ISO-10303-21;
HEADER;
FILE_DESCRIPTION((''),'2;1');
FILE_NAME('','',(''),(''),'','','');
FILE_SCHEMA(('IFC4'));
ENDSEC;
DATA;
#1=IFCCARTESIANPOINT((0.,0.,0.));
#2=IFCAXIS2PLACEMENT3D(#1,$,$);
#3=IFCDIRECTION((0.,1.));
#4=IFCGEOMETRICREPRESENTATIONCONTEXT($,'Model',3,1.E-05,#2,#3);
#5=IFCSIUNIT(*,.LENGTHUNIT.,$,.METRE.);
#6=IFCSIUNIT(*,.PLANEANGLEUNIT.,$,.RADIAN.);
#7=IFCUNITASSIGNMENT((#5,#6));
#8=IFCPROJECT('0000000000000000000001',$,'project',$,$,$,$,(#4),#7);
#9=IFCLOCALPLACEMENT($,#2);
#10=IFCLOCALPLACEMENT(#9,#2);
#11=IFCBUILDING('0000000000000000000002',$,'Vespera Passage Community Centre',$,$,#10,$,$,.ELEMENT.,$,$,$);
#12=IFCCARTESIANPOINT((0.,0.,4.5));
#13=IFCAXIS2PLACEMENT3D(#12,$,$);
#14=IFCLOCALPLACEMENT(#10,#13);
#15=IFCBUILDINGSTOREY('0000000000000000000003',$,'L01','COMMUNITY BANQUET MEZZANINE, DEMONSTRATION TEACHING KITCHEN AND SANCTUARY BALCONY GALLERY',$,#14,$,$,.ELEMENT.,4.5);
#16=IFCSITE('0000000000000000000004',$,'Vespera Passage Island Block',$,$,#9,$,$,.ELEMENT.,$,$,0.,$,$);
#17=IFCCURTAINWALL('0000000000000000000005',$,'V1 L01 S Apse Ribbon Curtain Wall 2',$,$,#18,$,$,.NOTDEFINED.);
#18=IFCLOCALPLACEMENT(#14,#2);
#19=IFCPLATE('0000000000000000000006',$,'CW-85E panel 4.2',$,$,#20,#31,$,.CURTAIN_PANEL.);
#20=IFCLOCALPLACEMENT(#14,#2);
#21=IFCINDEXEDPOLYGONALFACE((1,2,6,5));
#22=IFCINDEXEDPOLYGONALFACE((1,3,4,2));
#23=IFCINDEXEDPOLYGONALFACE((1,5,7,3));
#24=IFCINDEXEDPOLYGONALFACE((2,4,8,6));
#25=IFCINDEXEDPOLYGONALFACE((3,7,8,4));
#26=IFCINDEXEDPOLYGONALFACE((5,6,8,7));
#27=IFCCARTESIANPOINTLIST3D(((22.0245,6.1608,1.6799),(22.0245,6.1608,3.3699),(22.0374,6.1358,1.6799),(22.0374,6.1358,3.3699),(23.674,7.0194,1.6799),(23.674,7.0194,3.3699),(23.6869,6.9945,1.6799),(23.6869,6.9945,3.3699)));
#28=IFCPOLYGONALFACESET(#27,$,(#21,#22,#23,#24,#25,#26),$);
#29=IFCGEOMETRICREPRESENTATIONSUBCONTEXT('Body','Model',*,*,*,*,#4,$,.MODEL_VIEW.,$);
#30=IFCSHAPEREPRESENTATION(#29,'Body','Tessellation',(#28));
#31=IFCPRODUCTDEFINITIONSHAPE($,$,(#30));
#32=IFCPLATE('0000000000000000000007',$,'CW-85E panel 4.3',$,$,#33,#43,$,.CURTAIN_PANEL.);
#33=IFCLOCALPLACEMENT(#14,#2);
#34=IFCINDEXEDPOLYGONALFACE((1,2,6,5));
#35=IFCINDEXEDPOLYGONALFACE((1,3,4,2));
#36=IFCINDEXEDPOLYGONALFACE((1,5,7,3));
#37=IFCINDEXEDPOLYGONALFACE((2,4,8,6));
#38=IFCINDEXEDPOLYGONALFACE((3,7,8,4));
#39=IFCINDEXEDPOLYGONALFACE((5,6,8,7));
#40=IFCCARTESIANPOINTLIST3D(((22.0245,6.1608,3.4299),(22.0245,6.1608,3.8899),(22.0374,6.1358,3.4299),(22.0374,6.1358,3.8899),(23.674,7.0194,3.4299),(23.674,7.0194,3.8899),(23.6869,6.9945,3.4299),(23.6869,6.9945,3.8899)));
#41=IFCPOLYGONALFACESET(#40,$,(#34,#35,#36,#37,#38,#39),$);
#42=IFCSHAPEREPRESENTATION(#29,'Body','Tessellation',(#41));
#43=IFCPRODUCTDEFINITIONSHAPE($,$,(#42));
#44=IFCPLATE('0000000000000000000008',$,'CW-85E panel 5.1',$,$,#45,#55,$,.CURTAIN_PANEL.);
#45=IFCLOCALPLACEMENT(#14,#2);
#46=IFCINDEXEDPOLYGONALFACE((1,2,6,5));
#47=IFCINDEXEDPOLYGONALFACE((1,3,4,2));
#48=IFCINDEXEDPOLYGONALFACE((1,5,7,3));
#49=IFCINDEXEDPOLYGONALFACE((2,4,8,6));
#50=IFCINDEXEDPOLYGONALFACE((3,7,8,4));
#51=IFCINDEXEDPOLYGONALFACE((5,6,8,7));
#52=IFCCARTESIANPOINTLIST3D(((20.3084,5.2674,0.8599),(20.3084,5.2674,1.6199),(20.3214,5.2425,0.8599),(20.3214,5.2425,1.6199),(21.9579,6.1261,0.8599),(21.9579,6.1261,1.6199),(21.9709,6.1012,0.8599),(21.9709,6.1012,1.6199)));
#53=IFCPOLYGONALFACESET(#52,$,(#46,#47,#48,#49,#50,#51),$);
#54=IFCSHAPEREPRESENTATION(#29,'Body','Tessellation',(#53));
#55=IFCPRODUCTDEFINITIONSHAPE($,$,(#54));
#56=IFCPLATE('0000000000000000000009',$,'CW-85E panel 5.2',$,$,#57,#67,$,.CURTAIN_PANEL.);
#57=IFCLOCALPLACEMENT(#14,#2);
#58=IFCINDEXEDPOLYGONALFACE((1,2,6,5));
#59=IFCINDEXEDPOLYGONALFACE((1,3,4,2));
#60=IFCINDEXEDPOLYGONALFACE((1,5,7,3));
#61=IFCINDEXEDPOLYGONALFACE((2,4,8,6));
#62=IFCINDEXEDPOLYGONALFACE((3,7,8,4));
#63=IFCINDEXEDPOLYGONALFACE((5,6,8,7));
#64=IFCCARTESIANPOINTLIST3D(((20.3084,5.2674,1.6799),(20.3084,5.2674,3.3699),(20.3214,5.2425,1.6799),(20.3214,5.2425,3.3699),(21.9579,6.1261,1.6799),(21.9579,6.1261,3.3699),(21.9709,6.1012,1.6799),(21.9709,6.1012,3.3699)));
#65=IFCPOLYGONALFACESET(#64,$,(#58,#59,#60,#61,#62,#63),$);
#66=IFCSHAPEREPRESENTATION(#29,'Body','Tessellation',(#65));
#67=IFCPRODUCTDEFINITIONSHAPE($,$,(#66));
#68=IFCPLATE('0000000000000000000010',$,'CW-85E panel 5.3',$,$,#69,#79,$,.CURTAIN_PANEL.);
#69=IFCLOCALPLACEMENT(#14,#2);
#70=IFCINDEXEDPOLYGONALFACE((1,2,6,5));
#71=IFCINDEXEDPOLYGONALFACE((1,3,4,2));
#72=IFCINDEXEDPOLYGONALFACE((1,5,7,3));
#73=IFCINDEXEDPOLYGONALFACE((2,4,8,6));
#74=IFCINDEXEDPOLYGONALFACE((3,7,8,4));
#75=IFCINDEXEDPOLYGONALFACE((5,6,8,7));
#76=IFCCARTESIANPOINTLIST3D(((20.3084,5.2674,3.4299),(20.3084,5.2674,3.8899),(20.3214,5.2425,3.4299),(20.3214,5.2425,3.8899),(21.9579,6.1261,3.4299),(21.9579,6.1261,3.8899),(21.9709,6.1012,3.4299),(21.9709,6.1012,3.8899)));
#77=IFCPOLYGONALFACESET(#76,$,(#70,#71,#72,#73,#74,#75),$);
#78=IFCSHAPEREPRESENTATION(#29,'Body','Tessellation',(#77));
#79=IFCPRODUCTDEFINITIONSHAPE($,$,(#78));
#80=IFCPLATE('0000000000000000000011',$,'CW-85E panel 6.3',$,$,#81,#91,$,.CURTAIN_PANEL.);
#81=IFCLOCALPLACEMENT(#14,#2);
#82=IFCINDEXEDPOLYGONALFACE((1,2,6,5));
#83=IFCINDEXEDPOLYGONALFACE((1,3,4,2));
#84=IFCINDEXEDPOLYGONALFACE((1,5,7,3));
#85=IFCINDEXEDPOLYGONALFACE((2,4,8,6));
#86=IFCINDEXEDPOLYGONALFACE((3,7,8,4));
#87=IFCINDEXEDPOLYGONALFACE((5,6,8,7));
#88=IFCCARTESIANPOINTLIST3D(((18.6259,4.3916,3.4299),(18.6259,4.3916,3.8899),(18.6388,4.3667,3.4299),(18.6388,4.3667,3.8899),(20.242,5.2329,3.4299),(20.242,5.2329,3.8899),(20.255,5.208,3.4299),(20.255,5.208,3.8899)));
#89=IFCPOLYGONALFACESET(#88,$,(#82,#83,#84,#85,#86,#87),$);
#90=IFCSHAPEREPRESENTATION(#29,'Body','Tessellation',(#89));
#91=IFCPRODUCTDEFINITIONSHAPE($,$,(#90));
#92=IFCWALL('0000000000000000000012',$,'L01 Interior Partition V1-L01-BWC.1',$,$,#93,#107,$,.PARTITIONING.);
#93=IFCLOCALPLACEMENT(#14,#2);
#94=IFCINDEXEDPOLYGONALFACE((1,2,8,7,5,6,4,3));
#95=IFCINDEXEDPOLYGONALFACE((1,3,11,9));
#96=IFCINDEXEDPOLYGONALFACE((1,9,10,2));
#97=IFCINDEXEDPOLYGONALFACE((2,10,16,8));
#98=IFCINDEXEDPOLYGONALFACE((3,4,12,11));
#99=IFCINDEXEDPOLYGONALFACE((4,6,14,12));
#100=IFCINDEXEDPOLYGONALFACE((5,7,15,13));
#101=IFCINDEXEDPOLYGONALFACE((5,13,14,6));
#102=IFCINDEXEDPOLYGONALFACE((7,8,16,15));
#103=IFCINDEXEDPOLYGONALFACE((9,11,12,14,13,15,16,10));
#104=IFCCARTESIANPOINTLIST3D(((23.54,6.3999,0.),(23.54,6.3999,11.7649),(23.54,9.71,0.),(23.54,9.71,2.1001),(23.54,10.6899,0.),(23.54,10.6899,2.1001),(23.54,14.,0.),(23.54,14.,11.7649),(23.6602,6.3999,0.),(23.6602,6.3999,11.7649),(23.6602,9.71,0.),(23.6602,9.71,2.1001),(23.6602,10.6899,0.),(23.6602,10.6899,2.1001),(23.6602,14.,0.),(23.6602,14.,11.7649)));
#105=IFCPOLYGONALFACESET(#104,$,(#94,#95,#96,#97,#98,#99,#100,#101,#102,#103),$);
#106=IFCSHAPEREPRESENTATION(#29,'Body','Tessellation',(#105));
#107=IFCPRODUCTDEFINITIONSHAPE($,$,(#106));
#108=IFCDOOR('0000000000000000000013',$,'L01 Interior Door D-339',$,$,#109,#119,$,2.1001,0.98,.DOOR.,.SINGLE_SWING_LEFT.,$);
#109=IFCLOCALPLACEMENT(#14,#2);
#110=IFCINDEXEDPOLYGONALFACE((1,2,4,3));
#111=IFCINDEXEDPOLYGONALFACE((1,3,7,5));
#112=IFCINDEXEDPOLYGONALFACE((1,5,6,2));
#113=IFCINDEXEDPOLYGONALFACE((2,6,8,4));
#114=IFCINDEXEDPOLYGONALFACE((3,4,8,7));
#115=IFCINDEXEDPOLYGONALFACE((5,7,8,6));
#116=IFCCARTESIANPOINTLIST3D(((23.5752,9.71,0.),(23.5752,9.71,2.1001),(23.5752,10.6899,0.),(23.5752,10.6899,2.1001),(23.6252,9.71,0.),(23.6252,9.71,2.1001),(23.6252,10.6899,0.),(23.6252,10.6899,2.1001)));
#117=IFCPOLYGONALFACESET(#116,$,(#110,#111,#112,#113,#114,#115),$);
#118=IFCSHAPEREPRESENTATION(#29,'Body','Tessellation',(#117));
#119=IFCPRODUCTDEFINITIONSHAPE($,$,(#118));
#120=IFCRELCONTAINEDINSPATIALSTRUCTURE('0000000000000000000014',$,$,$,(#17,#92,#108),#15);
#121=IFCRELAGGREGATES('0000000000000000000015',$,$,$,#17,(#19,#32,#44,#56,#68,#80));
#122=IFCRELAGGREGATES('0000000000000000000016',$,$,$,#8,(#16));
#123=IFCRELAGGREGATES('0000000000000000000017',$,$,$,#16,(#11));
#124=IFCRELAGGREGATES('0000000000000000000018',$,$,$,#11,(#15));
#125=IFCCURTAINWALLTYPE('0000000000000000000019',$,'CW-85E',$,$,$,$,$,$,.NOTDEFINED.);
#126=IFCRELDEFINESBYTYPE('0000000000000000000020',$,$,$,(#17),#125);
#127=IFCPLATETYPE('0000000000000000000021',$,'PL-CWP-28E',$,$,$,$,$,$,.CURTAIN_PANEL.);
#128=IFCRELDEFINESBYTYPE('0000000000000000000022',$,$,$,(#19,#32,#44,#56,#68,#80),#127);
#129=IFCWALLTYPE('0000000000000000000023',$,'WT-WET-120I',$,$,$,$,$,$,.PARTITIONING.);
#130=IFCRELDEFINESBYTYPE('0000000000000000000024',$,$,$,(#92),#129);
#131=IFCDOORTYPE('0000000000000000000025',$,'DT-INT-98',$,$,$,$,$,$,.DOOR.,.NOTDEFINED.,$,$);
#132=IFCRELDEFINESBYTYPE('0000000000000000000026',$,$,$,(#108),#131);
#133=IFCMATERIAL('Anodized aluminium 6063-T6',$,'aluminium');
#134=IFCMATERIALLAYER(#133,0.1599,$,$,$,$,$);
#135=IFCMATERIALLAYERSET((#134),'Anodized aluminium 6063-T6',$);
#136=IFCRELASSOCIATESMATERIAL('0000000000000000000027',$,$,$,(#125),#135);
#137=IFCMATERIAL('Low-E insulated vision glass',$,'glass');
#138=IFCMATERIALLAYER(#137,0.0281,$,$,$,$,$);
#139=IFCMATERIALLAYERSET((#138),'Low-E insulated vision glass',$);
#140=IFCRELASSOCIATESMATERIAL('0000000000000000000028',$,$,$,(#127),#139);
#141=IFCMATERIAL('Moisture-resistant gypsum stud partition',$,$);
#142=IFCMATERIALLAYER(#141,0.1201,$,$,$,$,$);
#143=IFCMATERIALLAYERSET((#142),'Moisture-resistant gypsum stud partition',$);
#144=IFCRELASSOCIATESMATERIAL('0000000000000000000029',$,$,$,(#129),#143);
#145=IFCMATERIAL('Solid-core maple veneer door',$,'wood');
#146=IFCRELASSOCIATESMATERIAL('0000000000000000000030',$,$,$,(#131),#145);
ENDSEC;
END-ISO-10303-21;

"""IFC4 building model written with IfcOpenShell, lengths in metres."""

from ifc_helpers import new_model, si_unit, direction, frame, frame_2d, origin, origin_2d, place, context, subcontext, project, spatial, rectangle, extrude, material, layer, layer_set, type_object, element, fill, aggregate, save


model = new_model("IFC4")

# Units and contexts
model_context = context("Model", 3, precision=1e-05, world=origin(), true_north=direction((0.0, 1.0)))
body_context = subcontext(model_context, "Body", "Model", "MODEL_VIEW")
ifc_project = project(units=[si_unit("LENGTHUNIT", "METRE"), si_unit("PLANEANGLEUNIT", "RADIAN")], contexts=[model_context])

# Site, building, storey
site_placement = place(None, origin())
site = spatial("IfcSite", under=ifc_project, at=site_placement, Name="Vespera Passage Island Block", CompositionType="ELEMENT", RefElevation=0.0)
building_placement = place(site_placement, origin())
building = spatial("IfcBuilding", under=site, at=building_placement, Name="Vespera Passage Community Centre", CompositionType="ELEMENT")
storey_placement = place(building_placement, frame((0.0, 0.0, 4.5)))
storey = spatial("IfcBuildingStorey", under=building, at=storey_placement, Name="L01", Description="COMMUNITY BANQUET MEZZANINE, DEMONSTRATION TEACHING KITCHEN AND SANCTUARY BALCONY GALLERY", CompositionType="ELEMENT", Elevation=4.5)

# Curtain wall, plates
ifc_material_1 = material(Name="Anodized aluminium 6063-T6", Category="aluminium")
ifc_layer_1 = layer(ifc_material_1, 0.1599)
ifc_layer_set_1 = layer_set([ifc_layer_1], Name="Anodized aluminium 6063-T6")
curtain_wall_type = type_object("IfcCurtainWallType", Name="CW-85E", PredefinedType="NOTDEFINED", material=ifc_layer_set_1)
curtain_wall_placement = place(storey_placement, origin())
curtain_wall = element("IfcCurtainWall", 1, at=curtain_wall_placement, inside=storey, type_object=curtain_wall_type, Name="V1 L01 S Apse Ribbon Curtain Wall 2", PredefinedType="NOTDEFINED")
ifc_material_2 = material(Name="Low-E insulated vision glass", Category="glass")
ifc_layer_2 = layer(ifc_material_2, 0.0281)
ifc_layer_set_2 = layer_set([ifc_layer_2], Name="Low-E insulated vision glass")
plate_type = type_object("IfcPlateType", Name="PL-CWP-28E", PredefinedType="CURTAIN_PANEL", material=ifc_layer_set_2)
plate_1_placement = place(storey_placement, frame((22.8557, 6.5776, 1.6799), z_axis=(0.0, 0.0, 1.0), x_axis=(-0.887013, -0.461745, 0.0)))
plate_1 = element("IfcPlate", 2, at=plate_1_placement, type_object=plate_type, Name="CW-85E panel 4.2", PredefinedType="CURTAIN_PANEL", context=body_context, shape_type="SweptSolid", body=[
    extrude(rectangle(XDim=1.8596, YDim=0.0281, at=origin_2d()), origin(), (0.0, 0.0, 1.0), 1.6899),
])
plate_2_placement = place(storey_placement, frame((22.8557, 6.5776, 3.4299), z_axis=(0.0, 0.0, 1.0), x_axis=(-0.887013, -0.461745, 0.0)))
plate_2 = element("IfcPlate", 3, at=plate_2_placement, type_object=plate_type, Name="CW-85E panel 4.3", PredefinedType="CURTAIN_PANEL", context=body_context, shape_type="SweptSolid", body=[
    extrude(rectangle(XDim=1.8596, YDim=0.0281, at=origin_2d()), origin(), (0.0, 0.0, 1.0), 0.46),
])
plate_3_placement = place(storey_placement, frame((21.1396, 5.6843, 0.8599), z_axis=(0.0, 0.0, 1.0), x_axis=(-0.887013, -0.461745, 0.0)))
plate_3 = element("IfcPlate", 4, at=plate_3_placement, type_object=plate_type, Name="CW-85E panel 5.1", PredefinedType="CURTAIN_PANEL", context=body_context, shape_type="SweptSolid", body=[
    extrude(rectangle(XDim=1.8596, YDim=0.0281, at=origin_2d()), origin(), (0.0, 0.0, 1.0), 0.76),
])
plate_4_placement = place(storey_placement, frame((21.1396, 5.6843, 1.6799), z_axis=(0.0, 0.0, 1.0), x_axis=(-0.887013, -0.461745, 0.0)))
plate_4 = element("IfcPlate", 5, at=plate_4_placement, type_object=plate_type, Name="CW-85E panel 5.2", PredefinedType="CURTAIN_PANEL", context=body_context, shape_type="SweptSolid", body=[
    extrude(rectangle(XDim=1.8596, YDim=0.0281, at=origin_2d()), origin(), (0.0, 0.0, 1.0), 1.6899),
])
plate_5_placement = place(storey_placement, frame((21.1396, 5.6843, 3.4299), z_axis=(0.0, 0.0, 1.0), x_axis=(-0.887013, -0.461745, 0.0)))
plate_5 = element("IfcPlate", 6, at=plate_5_placement, type_object=plate_type, Name="CW-85E panel 5.3", PredefinedType="CURTAIN_PANEL", context=body_context, shape_type="SweptSolid", body=[
    extrude(rectangle(XDim=1.8596, YDim=0.0281, at=origin_2d()), origin(), (0.0, 0.0, 1.0), 0.46),
])
plate_6_placement = place(storey_placement, frame((19.4404, 4.7998, 3.4299), z_axis=(0.0, 0.0, 1.0), x_axis=(-0.887013, -0.461745, 0.0)))
plate_6 = element("IfcPlate", 7, at=plate_6_placement, type_object=plate_type, Name="CW-85E panel 6.3", PredefinedType="CURTAIN_PANEL", context=body_context, shape_type="SweptSolid", body=[
    extrude(rectangle(XDim=1.822, YDim=0.0281, at=origin_2d()), origin(), (0.0, 0.0, 1.0), 0.46),
])
aggregate(curtain_wall, [plate_1, plate_2, plate_3, plate_4, plate_5, plate_6])

# Wall, opening, door
ifc_material_3 = material(Name="Moisture-resistant gypsum stud partition")
ifc_layer_3 = layer(ifc_material_3, 0.1201)
ifc_layer_set_3 = layer_set([ifc_layer_3], Name="Moisture-resistant gypsum stud partition")
wall_type = type_object("IfcWallType", Name="WT-WET-120I", PredefinedType="PARTITIONING", material=ifc_layer_set_3)
wall_placement = place(storey_placement, frame((23.6001, 6.3999, 0.0), z_axis=(0.0, 0.0, 1.0), x_axis=(0.0, 1.0, 0.0)))
wall = element("IfcWall", 8, at=wall_placement, inside=storey, type_object=wall_type, Name="L01 Interior Partition V1-L01-BWC.1", PredefinedType="PARTITIONING", context=body_context, shape_type="SweptSolid", body=[
    extrude(rectangle(XDim=7.6001, YDim=0.1201, at=frame_2d((3.8, 0.0))), origin(), (0.0, 0.0, 1.0), 11.7649),
])
opening_placement = place(wall_placement, frame((3.3101, 0.0, 0.0)))
opening = element("IfcOpeningElement", 9, at=opening_placement, cuts=wall, PredefinedType="OPENING", context=body_context, shape_type="SweptSolid", body=[
    extrude(rectangle(XDim=0.98, YDim=2.1001, at=frame_2d((0.49, 1.05))), frame((0.0, 0.0701, 0.0), z_axis=(0.0, -1.0, 0.0), x_axis=(1.0, 0.0, 0.0)), (0.0, 0.0, 1.0), 0.1401),
])
ifc_material_4 = material(Name="Solid-core maple veneer door", Category="wood")
door_type = type_object("IfcDoorType", Name="DT-INT-98", OperationType="NOTDEFINED", PredefinedType="DOOR", material=ifc_material_4)
door_placement = place(opening_placement, origin())
door = element("IfcDoor", 10, at=door_placement, inside=storey, type_object=door_type, Name="L01 Interior Door D-339", OperationType="SINGLE_SWING_LEFT", OverallHeight=2.1001, OverallWidth=0.98, PredefinedType="DOOR", context=body_context, shape_type="SweptSolid", body=[
    extrude(rectangle(XDim=0.98, YDim=2.1001, at=frame_2d((0.49, 1.05))), frame((0.0, 0.0249, 0.0), z_axis=(0.0, -1.0, 0.0), x_axis=(1.0, 0.0, 0.0)), (0.0, 0.0, 1.0), 0.05),
])
fill(opening, door)

save(model, "model.ifc")
